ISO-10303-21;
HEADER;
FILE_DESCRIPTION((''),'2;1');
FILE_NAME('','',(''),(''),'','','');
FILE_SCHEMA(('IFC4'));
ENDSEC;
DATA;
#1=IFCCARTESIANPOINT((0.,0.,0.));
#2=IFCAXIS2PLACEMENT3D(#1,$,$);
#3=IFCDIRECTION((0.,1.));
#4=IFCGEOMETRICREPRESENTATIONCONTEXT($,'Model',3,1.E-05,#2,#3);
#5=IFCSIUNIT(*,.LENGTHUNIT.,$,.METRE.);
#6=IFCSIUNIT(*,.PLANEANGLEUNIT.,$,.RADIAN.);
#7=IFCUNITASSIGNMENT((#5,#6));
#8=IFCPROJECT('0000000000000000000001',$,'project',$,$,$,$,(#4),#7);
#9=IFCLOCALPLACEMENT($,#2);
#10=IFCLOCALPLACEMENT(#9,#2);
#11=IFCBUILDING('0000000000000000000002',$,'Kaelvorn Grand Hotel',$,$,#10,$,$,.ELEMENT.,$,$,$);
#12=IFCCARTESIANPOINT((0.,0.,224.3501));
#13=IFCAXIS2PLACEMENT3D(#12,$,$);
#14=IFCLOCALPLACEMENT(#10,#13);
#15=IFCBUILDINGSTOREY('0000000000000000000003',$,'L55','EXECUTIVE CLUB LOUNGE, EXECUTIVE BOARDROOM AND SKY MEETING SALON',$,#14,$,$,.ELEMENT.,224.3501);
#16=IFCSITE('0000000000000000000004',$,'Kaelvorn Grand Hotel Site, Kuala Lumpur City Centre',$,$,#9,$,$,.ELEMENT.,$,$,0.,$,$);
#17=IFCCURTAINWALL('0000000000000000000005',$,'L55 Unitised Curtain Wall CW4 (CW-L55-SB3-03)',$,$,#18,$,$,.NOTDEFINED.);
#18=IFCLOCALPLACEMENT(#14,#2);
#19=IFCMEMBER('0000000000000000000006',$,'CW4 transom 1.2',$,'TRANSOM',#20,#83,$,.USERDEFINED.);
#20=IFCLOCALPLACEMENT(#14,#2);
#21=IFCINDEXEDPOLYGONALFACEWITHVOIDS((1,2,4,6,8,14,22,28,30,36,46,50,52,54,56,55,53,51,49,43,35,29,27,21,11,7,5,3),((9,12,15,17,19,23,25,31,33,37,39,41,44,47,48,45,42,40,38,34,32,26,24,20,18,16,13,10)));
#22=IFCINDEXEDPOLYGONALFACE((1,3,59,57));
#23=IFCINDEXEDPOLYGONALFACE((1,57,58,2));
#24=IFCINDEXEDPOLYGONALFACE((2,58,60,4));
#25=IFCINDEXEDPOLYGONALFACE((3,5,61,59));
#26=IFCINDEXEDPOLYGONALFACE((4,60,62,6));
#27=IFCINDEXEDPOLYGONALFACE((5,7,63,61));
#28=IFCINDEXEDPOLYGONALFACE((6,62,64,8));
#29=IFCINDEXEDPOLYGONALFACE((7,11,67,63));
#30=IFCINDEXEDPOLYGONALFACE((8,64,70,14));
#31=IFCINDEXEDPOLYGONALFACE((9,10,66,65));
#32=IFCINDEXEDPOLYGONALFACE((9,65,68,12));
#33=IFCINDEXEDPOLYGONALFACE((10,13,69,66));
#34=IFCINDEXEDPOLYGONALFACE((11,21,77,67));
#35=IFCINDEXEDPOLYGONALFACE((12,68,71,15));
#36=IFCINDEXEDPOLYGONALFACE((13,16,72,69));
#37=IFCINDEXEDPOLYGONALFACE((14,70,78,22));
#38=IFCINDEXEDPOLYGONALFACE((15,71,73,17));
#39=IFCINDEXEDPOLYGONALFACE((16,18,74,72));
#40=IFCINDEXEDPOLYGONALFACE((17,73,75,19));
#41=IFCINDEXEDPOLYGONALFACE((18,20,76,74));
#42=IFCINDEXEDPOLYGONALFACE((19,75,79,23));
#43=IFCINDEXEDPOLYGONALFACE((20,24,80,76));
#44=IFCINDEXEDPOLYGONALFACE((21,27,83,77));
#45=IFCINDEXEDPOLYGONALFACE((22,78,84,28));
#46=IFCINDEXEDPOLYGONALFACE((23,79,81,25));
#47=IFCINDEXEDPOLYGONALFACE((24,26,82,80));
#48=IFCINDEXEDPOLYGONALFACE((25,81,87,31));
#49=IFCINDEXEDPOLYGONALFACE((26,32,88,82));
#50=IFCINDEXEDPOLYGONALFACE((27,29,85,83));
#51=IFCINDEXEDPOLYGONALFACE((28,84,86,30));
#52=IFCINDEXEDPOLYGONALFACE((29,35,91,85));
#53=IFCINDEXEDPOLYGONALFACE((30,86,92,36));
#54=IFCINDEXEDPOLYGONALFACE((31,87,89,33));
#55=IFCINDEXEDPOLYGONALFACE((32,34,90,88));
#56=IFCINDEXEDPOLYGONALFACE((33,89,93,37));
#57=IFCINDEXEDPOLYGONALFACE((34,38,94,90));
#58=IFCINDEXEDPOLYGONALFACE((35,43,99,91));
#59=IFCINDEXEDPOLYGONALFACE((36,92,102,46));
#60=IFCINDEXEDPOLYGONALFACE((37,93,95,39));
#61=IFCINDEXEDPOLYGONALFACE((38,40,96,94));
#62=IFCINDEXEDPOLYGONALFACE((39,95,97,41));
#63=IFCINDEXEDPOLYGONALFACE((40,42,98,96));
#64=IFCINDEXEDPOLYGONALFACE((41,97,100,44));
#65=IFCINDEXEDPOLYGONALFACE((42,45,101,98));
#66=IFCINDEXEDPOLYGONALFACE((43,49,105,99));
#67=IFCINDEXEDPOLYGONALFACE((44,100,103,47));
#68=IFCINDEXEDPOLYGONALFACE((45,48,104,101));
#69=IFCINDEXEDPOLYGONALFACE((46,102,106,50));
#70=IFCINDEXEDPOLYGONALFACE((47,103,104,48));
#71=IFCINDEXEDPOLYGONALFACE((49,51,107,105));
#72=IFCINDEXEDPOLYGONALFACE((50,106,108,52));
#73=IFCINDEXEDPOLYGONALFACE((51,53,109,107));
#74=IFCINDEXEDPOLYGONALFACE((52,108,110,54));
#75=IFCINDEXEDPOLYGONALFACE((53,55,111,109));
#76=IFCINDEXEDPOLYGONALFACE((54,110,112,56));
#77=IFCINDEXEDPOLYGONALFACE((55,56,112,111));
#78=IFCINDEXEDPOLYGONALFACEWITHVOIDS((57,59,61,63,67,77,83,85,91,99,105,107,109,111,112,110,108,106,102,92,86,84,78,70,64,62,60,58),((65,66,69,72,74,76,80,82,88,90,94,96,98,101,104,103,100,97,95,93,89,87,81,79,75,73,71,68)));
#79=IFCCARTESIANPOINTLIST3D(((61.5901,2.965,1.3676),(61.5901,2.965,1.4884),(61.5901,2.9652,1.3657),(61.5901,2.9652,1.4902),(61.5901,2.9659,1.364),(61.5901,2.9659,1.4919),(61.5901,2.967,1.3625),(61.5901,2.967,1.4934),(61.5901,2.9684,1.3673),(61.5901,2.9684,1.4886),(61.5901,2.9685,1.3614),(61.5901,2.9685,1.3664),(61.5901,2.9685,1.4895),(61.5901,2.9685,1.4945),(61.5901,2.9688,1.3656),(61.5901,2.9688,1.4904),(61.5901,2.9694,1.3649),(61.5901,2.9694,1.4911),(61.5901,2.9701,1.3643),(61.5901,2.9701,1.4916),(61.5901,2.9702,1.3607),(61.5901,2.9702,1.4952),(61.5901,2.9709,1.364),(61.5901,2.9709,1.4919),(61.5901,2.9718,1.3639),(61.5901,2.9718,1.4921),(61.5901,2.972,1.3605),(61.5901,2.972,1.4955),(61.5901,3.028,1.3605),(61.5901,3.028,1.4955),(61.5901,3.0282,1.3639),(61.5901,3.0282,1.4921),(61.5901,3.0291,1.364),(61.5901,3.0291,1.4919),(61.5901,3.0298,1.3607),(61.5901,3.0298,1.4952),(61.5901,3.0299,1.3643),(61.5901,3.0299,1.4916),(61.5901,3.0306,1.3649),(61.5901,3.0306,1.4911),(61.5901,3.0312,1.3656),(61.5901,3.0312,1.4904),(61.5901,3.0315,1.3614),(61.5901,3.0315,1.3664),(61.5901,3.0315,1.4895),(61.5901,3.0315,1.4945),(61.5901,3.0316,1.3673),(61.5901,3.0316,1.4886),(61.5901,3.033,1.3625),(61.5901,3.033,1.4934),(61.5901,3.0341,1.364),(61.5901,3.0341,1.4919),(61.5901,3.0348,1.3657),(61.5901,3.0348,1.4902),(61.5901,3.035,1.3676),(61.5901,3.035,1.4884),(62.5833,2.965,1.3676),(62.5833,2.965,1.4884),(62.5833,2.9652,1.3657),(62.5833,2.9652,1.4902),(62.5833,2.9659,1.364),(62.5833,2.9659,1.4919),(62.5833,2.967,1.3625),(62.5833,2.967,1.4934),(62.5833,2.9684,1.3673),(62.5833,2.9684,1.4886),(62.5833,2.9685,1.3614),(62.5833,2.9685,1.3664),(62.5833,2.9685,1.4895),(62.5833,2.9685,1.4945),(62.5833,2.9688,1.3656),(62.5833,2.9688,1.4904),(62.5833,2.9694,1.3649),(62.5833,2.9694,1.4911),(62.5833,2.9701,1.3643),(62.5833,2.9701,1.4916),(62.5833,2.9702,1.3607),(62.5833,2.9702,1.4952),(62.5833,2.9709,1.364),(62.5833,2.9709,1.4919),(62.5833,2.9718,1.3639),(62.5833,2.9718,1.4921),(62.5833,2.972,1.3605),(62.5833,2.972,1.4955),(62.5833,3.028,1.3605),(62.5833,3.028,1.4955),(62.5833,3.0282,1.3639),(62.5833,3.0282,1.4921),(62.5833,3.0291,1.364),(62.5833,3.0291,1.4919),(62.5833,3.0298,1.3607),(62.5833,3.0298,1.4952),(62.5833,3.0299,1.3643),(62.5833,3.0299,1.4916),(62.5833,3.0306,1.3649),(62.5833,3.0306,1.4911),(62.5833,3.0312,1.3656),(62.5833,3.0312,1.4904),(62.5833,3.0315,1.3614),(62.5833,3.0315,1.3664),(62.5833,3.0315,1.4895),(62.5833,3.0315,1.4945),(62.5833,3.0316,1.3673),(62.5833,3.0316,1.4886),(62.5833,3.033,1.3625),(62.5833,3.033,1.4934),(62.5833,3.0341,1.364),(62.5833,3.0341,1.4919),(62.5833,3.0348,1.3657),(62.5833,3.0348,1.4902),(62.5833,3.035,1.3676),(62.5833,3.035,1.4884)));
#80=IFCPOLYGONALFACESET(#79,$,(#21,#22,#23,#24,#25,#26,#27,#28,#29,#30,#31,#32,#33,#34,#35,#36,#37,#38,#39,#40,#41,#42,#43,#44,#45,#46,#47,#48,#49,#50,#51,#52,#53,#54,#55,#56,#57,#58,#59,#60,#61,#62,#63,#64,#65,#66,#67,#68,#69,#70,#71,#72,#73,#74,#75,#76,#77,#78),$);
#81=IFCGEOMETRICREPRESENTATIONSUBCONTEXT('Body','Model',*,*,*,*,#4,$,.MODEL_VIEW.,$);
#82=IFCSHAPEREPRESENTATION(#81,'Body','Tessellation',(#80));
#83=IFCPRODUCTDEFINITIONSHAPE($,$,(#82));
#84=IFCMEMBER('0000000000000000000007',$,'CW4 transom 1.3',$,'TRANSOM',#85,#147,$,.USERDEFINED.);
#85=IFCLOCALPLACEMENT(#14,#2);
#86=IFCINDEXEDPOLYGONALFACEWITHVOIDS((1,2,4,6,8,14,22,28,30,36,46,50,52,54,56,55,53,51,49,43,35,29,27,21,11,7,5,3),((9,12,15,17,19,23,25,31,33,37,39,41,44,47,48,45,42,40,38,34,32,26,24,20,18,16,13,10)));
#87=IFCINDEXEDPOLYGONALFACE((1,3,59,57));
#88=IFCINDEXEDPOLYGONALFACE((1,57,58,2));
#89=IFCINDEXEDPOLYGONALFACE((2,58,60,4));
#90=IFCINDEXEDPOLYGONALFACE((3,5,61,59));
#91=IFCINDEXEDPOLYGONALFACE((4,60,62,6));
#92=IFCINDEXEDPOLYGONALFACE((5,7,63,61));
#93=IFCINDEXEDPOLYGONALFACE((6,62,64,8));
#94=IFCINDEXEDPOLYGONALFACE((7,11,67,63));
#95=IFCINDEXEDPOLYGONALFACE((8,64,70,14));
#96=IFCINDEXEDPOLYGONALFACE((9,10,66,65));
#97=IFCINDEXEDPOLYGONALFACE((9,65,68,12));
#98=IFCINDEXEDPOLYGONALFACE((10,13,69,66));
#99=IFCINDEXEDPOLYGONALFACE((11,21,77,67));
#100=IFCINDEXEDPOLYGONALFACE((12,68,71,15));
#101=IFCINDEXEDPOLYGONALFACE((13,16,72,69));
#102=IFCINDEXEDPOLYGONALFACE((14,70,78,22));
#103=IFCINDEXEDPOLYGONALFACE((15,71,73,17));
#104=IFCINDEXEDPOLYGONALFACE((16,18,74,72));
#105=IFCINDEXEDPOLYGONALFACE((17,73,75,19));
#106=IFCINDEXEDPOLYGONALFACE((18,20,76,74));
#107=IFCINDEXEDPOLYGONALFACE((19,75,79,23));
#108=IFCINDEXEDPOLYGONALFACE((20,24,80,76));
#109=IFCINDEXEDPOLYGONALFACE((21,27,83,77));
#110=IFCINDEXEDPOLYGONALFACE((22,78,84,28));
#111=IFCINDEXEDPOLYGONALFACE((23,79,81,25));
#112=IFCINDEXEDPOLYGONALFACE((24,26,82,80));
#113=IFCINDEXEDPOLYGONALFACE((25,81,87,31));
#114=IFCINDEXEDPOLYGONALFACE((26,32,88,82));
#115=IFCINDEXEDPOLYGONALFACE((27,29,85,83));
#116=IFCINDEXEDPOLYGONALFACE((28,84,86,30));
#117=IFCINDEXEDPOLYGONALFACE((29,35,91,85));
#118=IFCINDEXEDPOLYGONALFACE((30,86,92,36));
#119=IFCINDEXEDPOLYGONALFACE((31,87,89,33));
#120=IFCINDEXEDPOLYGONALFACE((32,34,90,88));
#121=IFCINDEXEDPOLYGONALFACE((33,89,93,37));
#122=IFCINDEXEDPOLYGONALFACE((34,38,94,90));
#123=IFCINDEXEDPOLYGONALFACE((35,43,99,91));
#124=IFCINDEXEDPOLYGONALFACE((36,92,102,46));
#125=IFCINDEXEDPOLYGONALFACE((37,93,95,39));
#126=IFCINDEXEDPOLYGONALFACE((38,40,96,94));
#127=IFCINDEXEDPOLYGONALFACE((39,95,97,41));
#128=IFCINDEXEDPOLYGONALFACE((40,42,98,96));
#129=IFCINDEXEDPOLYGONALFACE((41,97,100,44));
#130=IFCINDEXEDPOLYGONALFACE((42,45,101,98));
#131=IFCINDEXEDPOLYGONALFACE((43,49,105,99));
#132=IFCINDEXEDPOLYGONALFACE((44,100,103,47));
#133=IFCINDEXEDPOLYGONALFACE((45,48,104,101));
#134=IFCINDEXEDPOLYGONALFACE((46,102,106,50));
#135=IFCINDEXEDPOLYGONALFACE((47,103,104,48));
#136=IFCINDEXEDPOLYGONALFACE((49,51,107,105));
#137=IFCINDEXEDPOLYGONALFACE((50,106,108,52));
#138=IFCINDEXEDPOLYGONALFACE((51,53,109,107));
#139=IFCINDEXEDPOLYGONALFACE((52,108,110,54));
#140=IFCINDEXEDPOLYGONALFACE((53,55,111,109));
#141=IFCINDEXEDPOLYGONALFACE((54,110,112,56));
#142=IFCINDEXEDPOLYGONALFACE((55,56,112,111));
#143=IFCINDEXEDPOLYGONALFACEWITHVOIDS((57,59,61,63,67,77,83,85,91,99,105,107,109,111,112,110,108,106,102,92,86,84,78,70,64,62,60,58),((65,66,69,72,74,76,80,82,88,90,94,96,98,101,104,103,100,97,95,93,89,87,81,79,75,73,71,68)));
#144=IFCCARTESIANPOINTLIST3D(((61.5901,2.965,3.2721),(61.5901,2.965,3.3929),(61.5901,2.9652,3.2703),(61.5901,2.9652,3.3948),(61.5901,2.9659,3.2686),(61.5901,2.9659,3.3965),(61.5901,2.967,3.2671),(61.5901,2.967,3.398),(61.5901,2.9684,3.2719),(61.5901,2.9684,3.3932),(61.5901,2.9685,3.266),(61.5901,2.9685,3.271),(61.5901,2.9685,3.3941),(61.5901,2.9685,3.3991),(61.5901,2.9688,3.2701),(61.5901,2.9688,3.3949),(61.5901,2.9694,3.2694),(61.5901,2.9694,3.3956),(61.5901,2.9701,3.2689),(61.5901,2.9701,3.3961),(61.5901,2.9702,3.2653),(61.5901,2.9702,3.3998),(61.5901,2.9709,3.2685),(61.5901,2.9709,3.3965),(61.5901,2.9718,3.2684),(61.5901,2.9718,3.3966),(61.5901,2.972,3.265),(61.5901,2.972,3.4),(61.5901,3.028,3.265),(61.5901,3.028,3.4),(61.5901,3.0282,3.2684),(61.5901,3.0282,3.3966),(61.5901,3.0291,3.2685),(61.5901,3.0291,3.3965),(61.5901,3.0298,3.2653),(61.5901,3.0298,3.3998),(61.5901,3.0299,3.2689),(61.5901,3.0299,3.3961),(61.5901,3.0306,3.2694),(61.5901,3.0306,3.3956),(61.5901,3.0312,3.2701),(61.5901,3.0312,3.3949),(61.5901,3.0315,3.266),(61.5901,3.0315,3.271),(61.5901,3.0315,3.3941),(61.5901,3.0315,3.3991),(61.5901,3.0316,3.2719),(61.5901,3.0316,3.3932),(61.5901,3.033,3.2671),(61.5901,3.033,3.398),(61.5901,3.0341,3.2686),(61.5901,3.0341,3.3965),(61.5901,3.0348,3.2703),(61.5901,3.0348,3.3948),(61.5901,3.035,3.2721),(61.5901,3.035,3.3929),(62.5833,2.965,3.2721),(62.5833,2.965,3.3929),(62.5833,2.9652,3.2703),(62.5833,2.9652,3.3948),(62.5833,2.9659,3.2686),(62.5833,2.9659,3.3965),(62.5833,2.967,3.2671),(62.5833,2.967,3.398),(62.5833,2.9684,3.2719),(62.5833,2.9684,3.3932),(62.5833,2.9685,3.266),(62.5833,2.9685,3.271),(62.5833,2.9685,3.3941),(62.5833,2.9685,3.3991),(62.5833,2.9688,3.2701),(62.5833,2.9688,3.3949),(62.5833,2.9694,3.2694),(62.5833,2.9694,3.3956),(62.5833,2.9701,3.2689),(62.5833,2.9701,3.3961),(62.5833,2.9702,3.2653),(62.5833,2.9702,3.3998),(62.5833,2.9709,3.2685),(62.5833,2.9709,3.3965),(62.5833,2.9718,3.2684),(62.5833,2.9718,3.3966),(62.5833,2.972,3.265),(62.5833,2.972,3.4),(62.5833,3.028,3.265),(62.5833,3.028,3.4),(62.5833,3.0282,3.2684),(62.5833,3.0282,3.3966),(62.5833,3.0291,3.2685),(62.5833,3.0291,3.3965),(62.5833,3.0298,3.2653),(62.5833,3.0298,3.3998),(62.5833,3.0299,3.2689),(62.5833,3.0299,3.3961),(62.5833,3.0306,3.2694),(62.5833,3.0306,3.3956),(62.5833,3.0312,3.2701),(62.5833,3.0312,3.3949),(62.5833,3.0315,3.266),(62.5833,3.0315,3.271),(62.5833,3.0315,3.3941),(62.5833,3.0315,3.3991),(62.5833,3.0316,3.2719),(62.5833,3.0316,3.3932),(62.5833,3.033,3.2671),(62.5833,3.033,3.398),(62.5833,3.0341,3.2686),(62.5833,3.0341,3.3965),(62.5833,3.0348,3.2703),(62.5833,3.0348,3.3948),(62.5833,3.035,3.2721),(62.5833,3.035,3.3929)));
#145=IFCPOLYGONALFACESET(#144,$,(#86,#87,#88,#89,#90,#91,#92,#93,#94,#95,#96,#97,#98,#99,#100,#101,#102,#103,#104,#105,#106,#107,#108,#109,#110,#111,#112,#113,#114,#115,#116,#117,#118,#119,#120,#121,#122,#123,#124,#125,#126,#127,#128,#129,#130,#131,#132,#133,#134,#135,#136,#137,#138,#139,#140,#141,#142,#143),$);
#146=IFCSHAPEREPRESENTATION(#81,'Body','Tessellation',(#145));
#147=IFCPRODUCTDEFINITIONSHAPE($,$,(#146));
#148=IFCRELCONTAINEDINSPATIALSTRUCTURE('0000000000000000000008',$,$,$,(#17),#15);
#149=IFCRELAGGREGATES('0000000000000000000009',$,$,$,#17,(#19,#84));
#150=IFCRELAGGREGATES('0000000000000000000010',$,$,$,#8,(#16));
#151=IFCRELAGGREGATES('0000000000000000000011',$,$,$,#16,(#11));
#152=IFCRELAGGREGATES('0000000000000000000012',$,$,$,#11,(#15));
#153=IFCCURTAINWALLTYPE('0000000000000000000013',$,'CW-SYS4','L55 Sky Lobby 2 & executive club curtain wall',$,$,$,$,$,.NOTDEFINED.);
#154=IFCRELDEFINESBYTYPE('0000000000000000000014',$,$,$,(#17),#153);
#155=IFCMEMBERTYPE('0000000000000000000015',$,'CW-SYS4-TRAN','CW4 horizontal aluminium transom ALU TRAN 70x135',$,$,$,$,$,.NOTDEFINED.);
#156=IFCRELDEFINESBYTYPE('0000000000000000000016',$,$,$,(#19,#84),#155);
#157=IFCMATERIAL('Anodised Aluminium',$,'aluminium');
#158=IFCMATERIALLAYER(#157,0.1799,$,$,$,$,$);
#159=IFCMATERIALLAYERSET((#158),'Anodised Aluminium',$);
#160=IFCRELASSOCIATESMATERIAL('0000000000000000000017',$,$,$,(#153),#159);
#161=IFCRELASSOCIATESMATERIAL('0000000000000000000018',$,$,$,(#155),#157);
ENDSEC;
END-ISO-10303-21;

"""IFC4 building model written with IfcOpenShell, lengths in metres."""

from ifc_helpers import new_model, si_unit, direction, frame, origin, origin_2d, place, context, subcontext, project, spatial, hollow_rectangle, extrude, material, layer, layer_set, material_profile, profile_set, type_object, element, aggregate, save


model = new_model("IFC4")

# Units and contexts
model_context = context("Model", 3, precision=1e-05, world=origin(), true_north=direction((0.0, 1.0)))
body_context = subcontext(model_context, "Body", "Model", "MODEL_VIEW")
ifc_project = project(units=[si_unit("LENGTHUNIT", "METRE"), si_unit("PLANEANGLEUNIT", "RADIAN")], contexts=[model_context])

# Site, building, storey
site_placement = place(None, origin())
site = spatial("IfcSite", under=ifc_project, at=site_placement, Name="Kaelvorn Grand Hotel Site, Kuala Lumpur City Centre", CompositionType="ELEMENT", RefElevation=0.0)
building_placement = place(site_placement, origin())
building = spatial("IfcBuilding", under=site, at=building_placement, Name="Kaelvorn Grand Hotel", CompositionType="ELEMENT")
storey_placement = place(building_placement, frame((0.0, 0.0, 224.3501)))
storey = spatial("IfcBuildingStorey", under=building, at=storey_placement, Name="L55", Description="EXECUTIVE CLUB LOUNGE, EXECUTIVE BOARDROOM AND SKY MEETING SALON", CompositionType="ELEMENT", Elevation=224.3501)

# Shared definitions
ifc_material_1 = material(Name="Anodised Aluminium", Category="aluminium")
ifc_layer_1 = layer(ifc_material_1, 0.1799)
ifc_layer_set_1 = layer_set([ifc_layer_1], Name="Anodised Aluminium")
curtain_wall_type = type_object("IfcCurtainWallType", Name="CW-SYS4", Description="L55 Sky Lobby 2 & executive club curtain wall", PredefinedType="NOTDEFINED", material=ifc_layer_set_1)

# Curtain wall, members
curtain_wall_1_placement = place(storey_placement, origin())
curtain_wall_1 = element("IfcCurtainWall", 1, at=curtain_wall_1_placement, inside=storey, type_object=curtain_wall_type, Name="L55 Unitised Curtain Wall CW4 (CW-L55-SB3-03)", PredefinedType="NOTDEFINED")
ifc_material_profile_1 = material_profile(ifc_material_1, hollow_rectangle(XDim=0.0701, YDim=0.135, WallThickness=0.0034, InnerFilletRadius=0.0034, OuterFilletRadius=0.0071, at=origin_2d()), Name="ALU TRAN 70x135")
ifc_profile_set_1 = profile_set([ifc_material_profile_1], Name="Anodised Aluminium")
member_type_1 = type_object("IfcMemberType", Name="CW-SYS4-TRAN", Description="CW4 horizontal aluminium transom ALU TRAN 70x135", PredefinedType="NOTDEFINED", material=ifc_profile_set_1)
member_1_placement = place(storey_placement, frame((61.5901, 3.0, 1.428), z_axis=(1.0, 0.0, 0.0), x_axis=(0.0, 1.0, 0.0)))
member_1 = element("IfcMember", 2, at=member_1_placement, type_object=member_type_1, Name="CW4 transom 1.2", ObjectType="TRANSOM", PredefinedType="USERDEFINED", context=body_context, shape_type="SweptSolid", body=[
    extrude(hollow_rectangle(XDim=0.0701, YDim=0.135, WallThickness=0.0034, InnerFilletRadius=0.0034, OuterFilletRadius=0.0071, at=origin_2d()), origin(), (0.0, 0.0, 1.0), 0.9932),
])
member_2_placement = place(storey_placement, frame((61.5901, 3.0, 3.3325), z_axis=(1.0, 0.0, 0.0), x_axis=(0.0, 1.0, 0.0)))
member_2 = element("IfcMember", 3, at=member_2_placement, type_object=member_type_1, Name="CW4 transom 1.3", ObjectType="TRANSOM", PredefinedType="USERDEFINED", context=body_context, shape_type="SweptSolid", body=[
    extrude(hollow_rectangle(XDim=0.0701, YDim=0.135, WallThickness=0.0034, InnerFilletRadius=0.0034, OuterFilletRadius=0.0071, at=origin_2d()), origin(), (0.0, 0.0, 1.0), 0.9932),
])

aggregate(curtain_wall_1, [member_1, member_2])

save(model, "model.ifc")
